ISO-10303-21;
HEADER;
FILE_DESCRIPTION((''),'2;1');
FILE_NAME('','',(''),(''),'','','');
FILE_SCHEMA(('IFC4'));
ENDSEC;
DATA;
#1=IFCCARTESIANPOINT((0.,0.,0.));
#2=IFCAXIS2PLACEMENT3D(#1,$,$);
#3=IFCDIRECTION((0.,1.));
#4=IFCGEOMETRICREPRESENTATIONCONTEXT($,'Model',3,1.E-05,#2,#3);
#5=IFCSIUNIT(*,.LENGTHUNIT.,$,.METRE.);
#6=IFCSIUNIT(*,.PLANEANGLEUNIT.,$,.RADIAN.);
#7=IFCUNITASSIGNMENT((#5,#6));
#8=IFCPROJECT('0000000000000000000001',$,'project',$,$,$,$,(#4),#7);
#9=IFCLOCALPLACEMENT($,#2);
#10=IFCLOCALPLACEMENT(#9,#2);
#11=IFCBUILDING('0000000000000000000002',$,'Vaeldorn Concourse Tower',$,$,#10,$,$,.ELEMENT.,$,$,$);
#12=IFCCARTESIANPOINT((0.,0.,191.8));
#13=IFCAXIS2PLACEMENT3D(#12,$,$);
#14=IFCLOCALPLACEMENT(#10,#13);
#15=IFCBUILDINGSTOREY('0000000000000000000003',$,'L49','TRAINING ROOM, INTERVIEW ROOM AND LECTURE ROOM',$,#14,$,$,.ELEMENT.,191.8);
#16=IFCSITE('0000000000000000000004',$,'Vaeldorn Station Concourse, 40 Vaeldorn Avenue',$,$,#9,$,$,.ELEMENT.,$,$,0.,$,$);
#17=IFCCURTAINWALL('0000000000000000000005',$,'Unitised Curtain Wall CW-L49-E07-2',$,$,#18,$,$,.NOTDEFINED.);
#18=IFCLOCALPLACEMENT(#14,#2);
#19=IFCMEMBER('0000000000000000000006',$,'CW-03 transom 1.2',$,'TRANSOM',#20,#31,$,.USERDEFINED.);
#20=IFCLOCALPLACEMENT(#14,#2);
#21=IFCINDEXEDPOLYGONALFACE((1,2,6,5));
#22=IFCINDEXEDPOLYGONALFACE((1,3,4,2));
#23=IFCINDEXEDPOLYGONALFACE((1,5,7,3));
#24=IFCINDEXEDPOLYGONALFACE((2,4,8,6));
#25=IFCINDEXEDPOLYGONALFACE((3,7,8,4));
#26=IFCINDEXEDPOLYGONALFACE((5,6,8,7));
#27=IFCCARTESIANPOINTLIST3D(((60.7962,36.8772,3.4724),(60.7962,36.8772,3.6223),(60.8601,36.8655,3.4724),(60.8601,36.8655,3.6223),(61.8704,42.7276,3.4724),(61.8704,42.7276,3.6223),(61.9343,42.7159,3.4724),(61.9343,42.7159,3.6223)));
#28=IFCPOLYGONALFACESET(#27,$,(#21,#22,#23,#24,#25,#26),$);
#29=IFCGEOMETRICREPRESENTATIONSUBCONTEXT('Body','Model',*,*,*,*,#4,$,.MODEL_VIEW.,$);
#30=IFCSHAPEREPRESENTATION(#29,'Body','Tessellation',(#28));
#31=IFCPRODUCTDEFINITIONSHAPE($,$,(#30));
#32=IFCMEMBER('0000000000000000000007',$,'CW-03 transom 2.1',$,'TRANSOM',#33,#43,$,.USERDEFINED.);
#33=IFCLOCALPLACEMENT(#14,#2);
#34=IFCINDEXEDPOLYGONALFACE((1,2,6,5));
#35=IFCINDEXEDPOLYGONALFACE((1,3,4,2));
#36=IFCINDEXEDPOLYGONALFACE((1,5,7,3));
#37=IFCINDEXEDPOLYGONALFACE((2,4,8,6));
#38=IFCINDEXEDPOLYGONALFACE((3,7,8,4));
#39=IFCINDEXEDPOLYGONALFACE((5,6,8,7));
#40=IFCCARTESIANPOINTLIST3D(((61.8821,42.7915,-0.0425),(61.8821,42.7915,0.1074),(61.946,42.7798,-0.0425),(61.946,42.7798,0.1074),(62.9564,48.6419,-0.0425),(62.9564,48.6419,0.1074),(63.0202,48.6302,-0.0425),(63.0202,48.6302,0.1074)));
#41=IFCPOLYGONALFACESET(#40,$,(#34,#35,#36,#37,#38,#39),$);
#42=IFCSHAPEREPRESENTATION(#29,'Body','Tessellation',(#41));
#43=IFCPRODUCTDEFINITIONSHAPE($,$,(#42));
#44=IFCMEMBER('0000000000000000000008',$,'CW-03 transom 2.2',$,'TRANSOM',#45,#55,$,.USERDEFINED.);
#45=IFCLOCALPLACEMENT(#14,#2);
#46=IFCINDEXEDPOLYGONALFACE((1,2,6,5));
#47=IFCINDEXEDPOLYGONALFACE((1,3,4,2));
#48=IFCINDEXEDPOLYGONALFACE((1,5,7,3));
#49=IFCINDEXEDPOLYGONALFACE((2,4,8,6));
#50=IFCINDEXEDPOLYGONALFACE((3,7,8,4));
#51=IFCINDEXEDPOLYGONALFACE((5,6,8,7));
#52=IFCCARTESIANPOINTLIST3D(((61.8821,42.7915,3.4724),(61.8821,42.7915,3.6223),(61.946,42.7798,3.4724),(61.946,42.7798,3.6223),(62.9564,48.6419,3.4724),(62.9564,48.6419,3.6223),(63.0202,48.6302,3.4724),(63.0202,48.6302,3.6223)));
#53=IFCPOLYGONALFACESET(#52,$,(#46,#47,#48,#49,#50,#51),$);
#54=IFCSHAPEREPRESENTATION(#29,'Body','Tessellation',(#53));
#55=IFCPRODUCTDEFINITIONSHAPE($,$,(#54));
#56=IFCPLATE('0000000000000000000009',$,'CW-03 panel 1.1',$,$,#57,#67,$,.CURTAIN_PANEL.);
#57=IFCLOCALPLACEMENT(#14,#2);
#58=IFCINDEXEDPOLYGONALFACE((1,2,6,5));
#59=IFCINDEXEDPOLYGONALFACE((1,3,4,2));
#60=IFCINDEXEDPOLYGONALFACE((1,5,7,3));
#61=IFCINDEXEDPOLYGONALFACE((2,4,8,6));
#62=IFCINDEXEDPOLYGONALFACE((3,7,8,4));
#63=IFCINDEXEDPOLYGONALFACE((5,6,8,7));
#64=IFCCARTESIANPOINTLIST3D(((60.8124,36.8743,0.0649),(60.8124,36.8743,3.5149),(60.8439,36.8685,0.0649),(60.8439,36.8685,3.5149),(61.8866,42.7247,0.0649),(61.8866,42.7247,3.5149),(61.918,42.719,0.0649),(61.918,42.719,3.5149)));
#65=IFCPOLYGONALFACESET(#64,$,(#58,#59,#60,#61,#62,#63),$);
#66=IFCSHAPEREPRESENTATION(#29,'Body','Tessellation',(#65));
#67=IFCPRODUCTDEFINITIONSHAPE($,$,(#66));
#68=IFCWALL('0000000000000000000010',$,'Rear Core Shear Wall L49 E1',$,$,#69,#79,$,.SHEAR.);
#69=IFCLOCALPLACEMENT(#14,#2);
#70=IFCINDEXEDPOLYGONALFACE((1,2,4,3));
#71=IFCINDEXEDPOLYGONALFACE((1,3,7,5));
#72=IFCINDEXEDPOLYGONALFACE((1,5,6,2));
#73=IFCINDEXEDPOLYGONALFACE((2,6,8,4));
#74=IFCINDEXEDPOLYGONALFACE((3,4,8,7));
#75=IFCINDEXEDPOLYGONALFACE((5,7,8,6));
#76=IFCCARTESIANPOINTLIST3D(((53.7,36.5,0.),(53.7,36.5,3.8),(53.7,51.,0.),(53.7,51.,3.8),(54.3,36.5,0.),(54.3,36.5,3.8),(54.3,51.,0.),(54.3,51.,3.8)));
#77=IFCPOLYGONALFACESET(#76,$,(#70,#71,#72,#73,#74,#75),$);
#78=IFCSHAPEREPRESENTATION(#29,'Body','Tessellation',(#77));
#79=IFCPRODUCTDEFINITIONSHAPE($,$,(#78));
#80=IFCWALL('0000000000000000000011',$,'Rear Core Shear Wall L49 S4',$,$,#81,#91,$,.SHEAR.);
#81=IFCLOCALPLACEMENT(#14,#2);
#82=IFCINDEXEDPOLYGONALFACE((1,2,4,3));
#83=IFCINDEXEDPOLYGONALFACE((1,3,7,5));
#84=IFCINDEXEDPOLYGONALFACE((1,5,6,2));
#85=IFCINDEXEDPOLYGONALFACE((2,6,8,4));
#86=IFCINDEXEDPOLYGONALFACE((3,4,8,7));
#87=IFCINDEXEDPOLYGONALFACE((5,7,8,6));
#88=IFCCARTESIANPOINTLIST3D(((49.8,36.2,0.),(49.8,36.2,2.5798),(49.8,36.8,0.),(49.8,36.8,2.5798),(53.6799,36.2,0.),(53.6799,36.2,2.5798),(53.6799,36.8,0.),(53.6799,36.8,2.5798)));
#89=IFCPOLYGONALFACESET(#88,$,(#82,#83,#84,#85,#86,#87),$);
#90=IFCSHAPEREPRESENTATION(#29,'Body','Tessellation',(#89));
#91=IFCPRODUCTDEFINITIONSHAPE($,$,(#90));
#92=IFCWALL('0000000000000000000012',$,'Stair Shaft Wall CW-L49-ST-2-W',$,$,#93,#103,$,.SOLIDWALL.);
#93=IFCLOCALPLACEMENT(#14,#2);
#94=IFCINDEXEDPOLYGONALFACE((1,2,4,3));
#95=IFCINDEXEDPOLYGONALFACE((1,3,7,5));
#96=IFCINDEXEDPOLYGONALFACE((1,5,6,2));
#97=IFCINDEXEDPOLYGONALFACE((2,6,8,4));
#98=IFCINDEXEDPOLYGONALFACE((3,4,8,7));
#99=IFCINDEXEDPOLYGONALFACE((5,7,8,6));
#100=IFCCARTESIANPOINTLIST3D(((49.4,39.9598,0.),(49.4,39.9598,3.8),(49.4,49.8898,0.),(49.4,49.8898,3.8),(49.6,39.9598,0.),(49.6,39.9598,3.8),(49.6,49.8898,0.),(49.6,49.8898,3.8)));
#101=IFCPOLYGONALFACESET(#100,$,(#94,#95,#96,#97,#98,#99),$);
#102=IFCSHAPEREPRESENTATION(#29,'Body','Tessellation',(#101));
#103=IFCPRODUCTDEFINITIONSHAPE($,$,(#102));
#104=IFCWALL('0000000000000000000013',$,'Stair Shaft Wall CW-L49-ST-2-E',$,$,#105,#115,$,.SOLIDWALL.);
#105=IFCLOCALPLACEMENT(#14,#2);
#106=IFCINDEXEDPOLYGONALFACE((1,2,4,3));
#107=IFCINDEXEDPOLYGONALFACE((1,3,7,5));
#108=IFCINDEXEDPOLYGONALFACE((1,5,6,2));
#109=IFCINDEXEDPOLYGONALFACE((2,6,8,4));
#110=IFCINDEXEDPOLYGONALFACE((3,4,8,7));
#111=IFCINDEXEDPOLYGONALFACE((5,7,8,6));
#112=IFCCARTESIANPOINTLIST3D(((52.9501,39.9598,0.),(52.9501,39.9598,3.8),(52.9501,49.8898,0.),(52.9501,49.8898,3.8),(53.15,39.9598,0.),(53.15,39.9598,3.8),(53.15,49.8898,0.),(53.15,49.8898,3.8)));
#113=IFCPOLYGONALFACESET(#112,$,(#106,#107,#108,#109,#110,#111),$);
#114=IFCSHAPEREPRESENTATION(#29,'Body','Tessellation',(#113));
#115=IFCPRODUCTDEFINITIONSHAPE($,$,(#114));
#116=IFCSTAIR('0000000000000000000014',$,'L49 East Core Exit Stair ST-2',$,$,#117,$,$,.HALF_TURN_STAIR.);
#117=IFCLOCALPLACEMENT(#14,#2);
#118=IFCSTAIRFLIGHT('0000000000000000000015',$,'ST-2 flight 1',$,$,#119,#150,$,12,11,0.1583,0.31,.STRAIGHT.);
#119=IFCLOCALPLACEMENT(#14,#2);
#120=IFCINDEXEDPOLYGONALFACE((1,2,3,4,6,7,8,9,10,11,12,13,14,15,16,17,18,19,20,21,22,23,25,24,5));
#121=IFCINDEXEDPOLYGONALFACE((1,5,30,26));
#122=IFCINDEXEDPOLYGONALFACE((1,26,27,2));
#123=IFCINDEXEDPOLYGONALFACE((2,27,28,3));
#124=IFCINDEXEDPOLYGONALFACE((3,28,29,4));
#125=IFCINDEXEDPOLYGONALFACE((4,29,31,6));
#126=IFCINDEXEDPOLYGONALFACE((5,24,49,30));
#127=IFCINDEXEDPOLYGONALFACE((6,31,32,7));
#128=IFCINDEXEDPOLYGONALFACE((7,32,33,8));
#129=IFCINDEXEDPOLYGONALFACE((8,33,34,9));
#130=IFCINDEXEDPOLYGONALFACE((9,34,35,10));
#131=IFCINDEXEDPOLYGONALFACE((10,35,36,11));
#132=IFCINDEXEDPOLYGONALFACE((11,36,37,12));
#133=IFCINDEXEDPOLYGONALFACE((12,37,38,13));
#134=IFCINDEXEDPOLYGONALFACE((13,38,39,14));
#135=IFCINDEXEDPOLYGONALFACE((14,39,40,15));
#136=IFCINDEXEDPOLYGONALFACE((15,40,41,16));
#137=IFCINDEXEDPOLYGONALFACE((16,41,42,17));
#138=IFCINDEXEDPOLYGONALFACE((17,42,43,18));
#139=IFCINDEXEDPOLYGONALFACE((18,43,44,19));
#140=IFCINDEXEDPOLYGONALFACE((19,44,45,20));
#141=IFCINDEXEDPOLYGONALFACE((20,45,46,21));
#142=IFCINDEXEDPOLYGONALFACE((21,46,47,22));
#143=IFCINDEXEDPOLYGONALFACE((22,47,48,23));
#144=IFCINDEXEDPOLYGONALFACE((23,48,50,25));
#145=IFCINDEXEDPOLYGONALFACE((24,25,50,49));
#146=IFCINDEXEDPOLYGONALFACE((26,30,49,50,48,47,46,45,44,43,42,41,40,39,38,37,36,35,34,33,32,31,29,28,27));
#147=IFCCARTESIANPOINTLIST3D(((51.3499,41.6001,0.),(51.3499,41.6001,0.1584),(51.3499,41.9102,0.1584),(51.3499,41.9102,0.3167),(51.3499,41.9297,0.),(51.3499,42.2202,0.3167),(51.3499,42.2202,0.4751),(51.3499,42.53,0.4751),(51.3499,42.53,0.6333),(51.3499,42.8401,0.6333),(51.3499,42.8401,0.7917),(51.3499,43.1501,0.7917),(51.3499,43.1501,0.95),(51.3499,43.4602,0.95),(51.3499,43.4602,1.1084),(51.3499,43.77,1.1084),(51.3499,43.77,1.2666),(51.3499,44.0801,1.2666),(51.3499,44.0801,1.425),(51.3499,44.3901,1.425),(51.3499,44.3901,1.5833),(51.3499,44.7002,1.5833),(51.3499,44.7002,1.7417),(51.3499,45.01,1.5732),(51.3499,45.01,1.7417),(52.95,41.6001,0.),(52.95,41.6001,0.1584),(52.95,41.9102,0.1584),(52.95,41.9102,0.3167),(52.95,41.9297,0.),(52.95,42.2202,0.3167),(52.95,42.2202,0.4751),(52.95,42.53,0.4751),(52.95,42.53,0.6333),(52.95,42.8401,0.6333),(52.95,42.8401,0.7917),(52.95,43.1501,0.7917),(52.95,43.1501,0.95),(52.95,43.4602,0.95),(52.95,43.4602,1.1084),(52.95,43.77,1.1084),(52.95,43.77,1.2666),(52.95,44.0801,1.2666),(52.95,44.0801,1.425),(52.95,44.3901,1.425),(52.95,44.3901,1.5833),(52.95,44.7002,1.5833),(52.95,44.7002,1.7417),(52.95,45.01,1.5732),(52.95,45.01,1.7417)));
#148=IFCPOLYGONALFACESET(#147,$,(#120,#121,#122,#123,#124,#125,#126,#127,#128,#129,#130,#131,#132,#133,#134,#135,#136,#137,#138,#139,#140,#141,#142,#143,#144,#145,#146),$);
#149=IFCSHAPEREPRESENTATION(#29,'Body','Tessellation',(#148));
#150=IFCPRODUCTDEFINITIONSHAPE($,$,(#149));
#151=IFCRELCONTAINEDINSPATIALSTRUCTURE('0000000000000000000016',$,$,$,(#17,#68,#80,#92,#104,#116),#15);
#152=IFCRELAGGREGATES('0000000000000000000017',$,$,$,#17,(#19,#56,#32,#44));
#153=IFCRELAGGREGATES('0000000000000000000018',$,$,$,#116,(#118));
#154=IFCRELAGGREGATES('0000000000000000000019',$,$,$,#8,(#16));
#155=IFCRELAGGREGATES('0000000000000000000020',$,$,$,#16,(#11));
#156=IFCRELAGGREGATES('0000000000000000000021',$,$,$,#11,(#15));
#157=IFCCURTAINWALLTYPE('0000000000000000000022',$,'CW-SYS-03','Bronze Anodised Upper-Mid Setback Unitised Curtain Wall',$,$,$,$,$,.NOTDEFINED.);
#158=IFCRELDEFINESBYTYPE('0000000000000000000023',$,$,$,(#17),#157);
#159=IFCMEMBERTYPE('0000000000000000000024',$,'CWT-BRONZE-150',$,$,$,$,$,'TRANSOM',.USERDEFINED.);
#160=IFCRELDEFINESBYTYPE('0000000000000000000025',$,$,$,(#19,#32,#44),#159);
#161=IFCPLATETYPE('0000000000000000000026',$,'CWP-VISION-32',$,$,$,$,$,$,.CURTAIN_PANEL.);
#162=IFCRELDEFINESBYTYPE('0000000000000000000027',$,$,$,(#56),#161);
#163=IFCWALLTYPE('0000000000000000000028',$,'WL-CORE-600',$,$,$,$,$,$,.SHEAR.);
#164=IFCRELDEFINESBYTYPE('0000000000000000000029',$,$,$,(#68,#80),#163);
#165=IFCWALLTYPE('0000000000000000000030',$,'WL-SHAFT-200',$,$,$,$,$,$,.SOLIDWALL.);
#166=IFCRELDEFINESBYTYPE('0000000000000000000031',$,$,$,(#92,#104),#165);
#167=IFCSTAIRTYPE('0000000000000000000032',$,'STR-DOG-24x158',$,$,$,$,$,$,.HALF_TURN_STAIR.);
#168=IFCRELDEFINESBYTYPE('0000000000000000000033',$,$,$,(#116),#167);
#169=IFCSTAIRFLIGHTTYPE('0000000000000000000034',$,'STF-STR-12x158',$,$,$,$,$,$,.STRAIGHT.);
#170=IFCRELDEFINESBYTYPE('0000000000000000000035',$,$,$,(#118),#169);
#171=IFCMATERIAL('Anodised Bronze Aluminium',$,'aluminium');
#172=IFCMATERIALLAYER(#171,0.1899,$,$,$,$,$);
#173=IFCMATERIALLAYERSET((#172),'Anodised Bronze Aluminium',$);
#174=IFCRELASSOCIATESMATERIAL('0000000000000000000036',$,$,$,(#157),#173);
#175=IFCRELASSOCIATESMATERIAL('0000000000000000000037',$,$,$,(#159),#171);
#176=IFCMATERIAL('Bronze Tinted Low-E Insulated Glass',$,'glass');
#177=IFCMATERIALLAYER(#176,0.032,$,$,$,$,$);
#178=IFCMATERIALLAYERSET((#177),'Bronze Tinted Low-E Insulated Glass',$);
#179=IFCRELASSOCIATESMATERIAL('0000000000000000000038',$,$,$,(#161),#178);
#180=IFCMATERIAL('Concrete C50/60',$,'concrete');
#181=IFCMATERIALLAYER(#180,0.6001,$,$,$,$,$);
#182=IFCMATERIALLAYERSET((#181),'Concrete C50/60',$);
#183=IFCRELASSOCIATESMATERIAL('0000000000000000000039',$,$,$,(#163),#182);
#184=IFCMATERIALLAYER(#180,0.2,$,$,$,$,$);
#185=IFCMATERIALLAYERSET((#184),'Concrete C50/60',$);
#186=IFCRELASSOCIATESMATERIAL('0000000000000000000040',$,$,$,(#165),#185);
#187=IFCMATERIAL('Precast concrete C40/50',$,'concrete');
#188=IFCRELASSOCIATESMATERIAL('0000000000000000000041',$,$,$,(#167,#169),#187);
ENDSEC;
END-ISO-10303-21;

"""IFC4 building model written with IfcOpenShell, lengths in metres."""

from ifc_helpers import new_model, si_unit, direction, frame, frame_2d, origin, origin_2d, place, context, subcontext, project, spatial, polyline, rectangle, outline, extrude, source, transform, mapped, material, layer, layer_set, material_profile, profile_set, type_object, element, aggregate, save


model = new_model("IFC4")

# Units and contexts
model_context = context("Model", 3, precision=1e-05, world=origin(), true_north=direction((0.0, 1.0)))
body_context = subcontext(model_context, "Body", "Model", "MODEL_VIEW")
ifc_project = project(units=[si_unit("LENGTHUNIT", "METRE"), si_unit("PLANEANGLEUNIT", "RADIAN")], contexts=[model_context])

# Site, building, storey
site_placement = place(None, origin())
site = spatial("IfcSite", under=ifc_project, at=site_placement, Name="Vaeldorn Station Concourse, 40 Vaeldorn Avenue", CompositionType="ELEMENT", RefElevation=0.0)
building_placement = place(site_placement, origin())
building = spatial("IfcBuilding", under=site, at=building_placement, Name="Vaeldorn Concourse Tower", CompositionType="ELEMENT")
storey_placement = place(building_placement, frame((0.0, 0.0, 191.8)))
storey = spatial("IfcBuildingStorey", under=building, at=storey_placement, Name="L49", Description="TRAINING ROOM, INTERVIEW ROOM AND LECTURE ROOM", CompositionType="ELEMENT", Elevation=191.8)

# Shared definitions
ifc_material_1 = material(Name="Concrete C50/60", Category="concrete")

# Curtain wall, members, plate
ifc_material_2 = material(Name="Anodised Bronze Aluminium", Category="aluminium")
ifc_layer_1 = layer(ifc_material_2, 0.1899)
ifc_layer_set_1 = layer_set([ifc_layer_1], Name="Anodised Bronze Aluminium")
curtain_wall_type = type_object("IfcCurtainWallType", Name="CW-SYS-03", Description="Bronze Anodised Upper-Mid Setback Unitised Curtain Wall", PredefinedType="NOTDEFINED", material=ifc_layer_set_1)
curtain_wall_placement = place(storey_placement, origin())
curtain_wall = element("IfcCurtainWall", 1, at=curtain_wall_placement, inside=storey, type_object=curtain_wall_type, Name="Unitised Curtain Wall CW-L49-E07-2", PredefinedType="NOTDEFINED")
ifc_material_profile_1 = material_profile(ifc_material_2, rectangle(XDim=0.0649, YDim=0.1499, at=origin_2d()), Name="CWT 65x150")
ifc_profile_set_1 = profile_set([ifc_material_profile_1], Name="Anodised Bronze Aluminium")
member_type_1 = type_object("IfcMemberType", Name="CWT-BRONZE-150", ElementType="TRANSOM", PredefinedType="USERDEFINED", material=ifc_profile_set_1)
shared_shape_1 = source(origin(), body_context, "Body", "SweptSolid", [
    extrude(rectangle(XDim=0.0649, YDim=0.1499, at=origin_2d()), origin(), (0.0, 0.0, 1.0), 5.9482),
])
member_1_placement = place(storey_placement, frame((60.8281, 36.8713, 3.5474), z_axis=(0.180597, 0.983557, 0.0), x_axis=(-0.983557, 0.180597, 0.0)))
member_1 = element("IfcMember", 2, at=member_1_placement, type_object=member_type_1, Name="CW-03 transom 1.2", ObjectType="TRANSOM", PredefinedType="USERDEFINED", context=body_context, shape_type="MappedRepresentation", body=[
    mapped(shared_shape_1, transform((0.0, 0.0, 0.0), scale=1.0)),
])
member_2_placement = place(storey_placement, frame((61.9141, 42.7856, 0.0325), z_axis=(0.180597, 0.983557, 0.0), x_axis=(-0.983557, 0.180597, 0.0)))
member_2 = element("IfcMember", 3, at=member_2_placement, type_object=member_type_1, Name="CW-03 transom 2.1", ObjectType="TRANSOM", PredefinedType="USERDEFINED", context=body_context, shape_type="MappedRepresentation", body=[
    mapped(shared_shape_1, transform((0.0, 0.0, 0.0), scale=1.0)),
])
member_3_placement = place(storey_placement, frame((61.9141, 42.7856, 3.5474), z_axis=(0.180597, 0.983557, 0.0), x_axis=(-0.983557, 0.180597, 0.0)))
member_3 = element("IfcMember", 4, at=member_3_placement, type_object=member_type_1, Name="CW-03 transom 2.2", ObjectType="TRANSOM", PredefinedType="USERDEFINED", context=body_context, shape_type="MappedRepresentation", body=[
    mapped(shared_shape_1, transform((0.0, 0.0, 0.0), scale=1.0)),
])
ifc_material_3 = material(Name="Bronze Tinted Low-E Insulated Glass", Category="glass")
ifc_layer_2 = layer(ifc_material_3, 0.032)
ifc_layer_set_2 = layer_set([ifc_layer_2], Name="Bronze Tinted Low-E Insulated Glass")
plate_type = type_object("IfcPlateType", Name="CWP-VISION-32", PredefinedType="CURTAIN_PANEL", material=ifc_layer_set_2)
shared_shape_2 = source(origin(), body_context, "Body", "SweptSolid", [
    extrude(rectangle(XDim=5.9482, YDim=0.032, at=origin_2d()), origin(), (0.0, 0.0, 1.0), 3.45),
])
plate_placement = place(storey_placement, frame((61.3652, 39.7966, 0.0649), z_axis=(0.0, 0.0, 1.0), x_axis=(0.180585, 0.983559, 0.0)))
plate = element("IfcPlate", 5, at=plate_placement, type_object=plate_type, Name="CW-03 panel 1.1", PredefinedType="CURTAIN_PANEL", context=body_context, shape_type="MappedRepresentation", body=[
    mapped(shared_shape_2, transform((0.0, 0.0, 0.0), scale=1.0)),
])
aggregate(curtain_wall, [member_1, plate, member_2, member_3])

# Walls
ifc_layer_3 = layer(ifc_material_1, 0.6001)
ifc_layer_set_3 = layer_set([ifc_layer_3], Name="Concrete C50/60")
wall_type_1 = type_object("IfcWallType", Name="WL-CORE-600", PredefinedType="SHEAR", material=ifc_layer_set_3)
wall_1_placement = place(storey_placement, frame((54.0, 36.5, 0.0), z_axis=(0.0, 0.0, 1.0), x_axis=(0.0, 1.0, 0.0)))
element("IfcWall", 6, at=wall_1_placement, inside=storey, type_object=wall_type_1, Name="Rear Core Shear Wall L49 E1", PredefinedType="SHEAR", context=body_context, shape_type="SweptSolid", body=[
    extrude(rectangle(XDim=14.5, YDim=0.6001, at=frame_2d((7.25, 0.0))), origin(), (0.0, 0.0, 1.0), 3.8),
])
wall_2_placement = place(storey_placement, frame((49.8, 36.5, 0.0), z_axis=(0.0, 0.0, 1.0), x_axis=(1.0, 0.0, 0.0)))
element("IfcWall", 7, at=wall_2_placement, inside=storey, type_object=wall_type_1, Name="Rear Core Shear Wall L49 S4", PredefinedType="SHEAR", context=body_context, shape_type="SweptSolid", body=[
    extrude(rectangle(XDim=3.8799, YDim=0.6001, at=frame_2d((1.9399, 0.0))), origin(), (0.0, 0.0, 1.0), 2.5798),
])
ifc_layer_4 = layer(ifc_material_1, 0.2)
ifc_layer_set_4 = layer_set([ifc_layer_4], Name="Concrete C50/60")
wall_type_2 = type_object("IfcWallType", Name="WL-SHAFT-200", PredefinedType="SOLIDWALL", material=ifc_layer_set_4)
for number, where, z_axis, x_axis, name in (
    (8, (49.5, 39.96, 0.0), (0.0, 0.0, 1.0), (0.0, 1.0, 0.0), "Stair Shaft Wall CW-L49-ST-2-W"),
    (9, (53.05, 39.96, 0.0), (0.0, 0.0, 1.0), (0.0, 1.0, 0.0), "Stair Shaft Wall CW-L49-ST-2-E"),
):
    element("IfcWall", number, at=place(storey_placement, frame(where, z_axis=z_axis, x_axis=x_axis)), inside=storey, type_object=wall_type_2, Name=name, PredefinedType="SOLIDWALL", context=body_context, shape_type="SweptSolid", body=[
        extrude(rectangle(XDim=9.9299, YDim=0.2, at=frame_2d((4.9648, 0.0))), origin(), (0.0, 0.0, 1.0), 3.8),
    ])

# Stair, stair flight
ifc_material_4 = material(Name="Precast concrete C40/50", Category="concrete")
stair_type = type_object("IfcStairType", Name="STR-DOG-24x158", PredefinedType="HALF_TURN_STAIR", material=ifc_material_4)
stair_placement = place(storey_placement, origin())
stair = element("IfcStair", 10, at=stair_placement, inside=storey, type_object=stair_type, Name="L49 East Core Exit Stair ST-2", PredefinedType="HALF_TURN_STAIR")
stair_flight_type = type_object("IfcStairFlightType", Name="STF-STR-12x158", PredefinedType="STRAIGHT", material=ifc_material_4)
stair_flight_placement = place(storey_placement, frame((52.1499, 41.6001, 0.0), z_axis=(0.0, 0.0, 1.0), x_axis=(0.0, 1.0, 0.0)))
stair_flight = element("IfcStairFlight", 11, at=stair_flight_placement, type_object=stair_flight_type, Name="ST-2 flight 1", NumberOfRisers=12, NumberOfTreads=11, PredefinedType="STRAIGHT", RiserHeight=0.1583, TreadLength=0.31, context=body_context, shape_type="SweptSolid", body=[
    extrude(outline(polyline([(0.0, 0.0), (0.0, 0.1584), (0.3101, 0.1584), (0.3101, 0.3167), (0.6201, 0.3167), (0.6201, 0.4751), (0.9299, 0.4751), (0.9299, 0.6333), (1.24, 0.6333), (1.24, 0.7917), (1.55, 0.7917), (1.55, 0.95), (1.8601, 0.95), (1.8601, 1.1084), (2.1699, 1.1084), (2.1699, 1.2666), (2.48, 1.2666), (2.48, 1.425), (2.79, 1.425), (2.79, 1.5833), (3.1001, 1.5833), (3.1001, 1.7417), (3.4099, 1.7417), (3.4099, 1.8999), (3.4099, 1.5732), (0.3296, 0.0), (0.0, 0.0)])), frame((0.0, 0.8, 0.0), z_axis=(0.0, -1.0, 0.0), x_axis=(1.0, 0.0, 0.0)), (0.0, 0.0, 1.0), 1.6001),
])
aggregate(stair, [stair_flight])

save(model, "model.ifc")
